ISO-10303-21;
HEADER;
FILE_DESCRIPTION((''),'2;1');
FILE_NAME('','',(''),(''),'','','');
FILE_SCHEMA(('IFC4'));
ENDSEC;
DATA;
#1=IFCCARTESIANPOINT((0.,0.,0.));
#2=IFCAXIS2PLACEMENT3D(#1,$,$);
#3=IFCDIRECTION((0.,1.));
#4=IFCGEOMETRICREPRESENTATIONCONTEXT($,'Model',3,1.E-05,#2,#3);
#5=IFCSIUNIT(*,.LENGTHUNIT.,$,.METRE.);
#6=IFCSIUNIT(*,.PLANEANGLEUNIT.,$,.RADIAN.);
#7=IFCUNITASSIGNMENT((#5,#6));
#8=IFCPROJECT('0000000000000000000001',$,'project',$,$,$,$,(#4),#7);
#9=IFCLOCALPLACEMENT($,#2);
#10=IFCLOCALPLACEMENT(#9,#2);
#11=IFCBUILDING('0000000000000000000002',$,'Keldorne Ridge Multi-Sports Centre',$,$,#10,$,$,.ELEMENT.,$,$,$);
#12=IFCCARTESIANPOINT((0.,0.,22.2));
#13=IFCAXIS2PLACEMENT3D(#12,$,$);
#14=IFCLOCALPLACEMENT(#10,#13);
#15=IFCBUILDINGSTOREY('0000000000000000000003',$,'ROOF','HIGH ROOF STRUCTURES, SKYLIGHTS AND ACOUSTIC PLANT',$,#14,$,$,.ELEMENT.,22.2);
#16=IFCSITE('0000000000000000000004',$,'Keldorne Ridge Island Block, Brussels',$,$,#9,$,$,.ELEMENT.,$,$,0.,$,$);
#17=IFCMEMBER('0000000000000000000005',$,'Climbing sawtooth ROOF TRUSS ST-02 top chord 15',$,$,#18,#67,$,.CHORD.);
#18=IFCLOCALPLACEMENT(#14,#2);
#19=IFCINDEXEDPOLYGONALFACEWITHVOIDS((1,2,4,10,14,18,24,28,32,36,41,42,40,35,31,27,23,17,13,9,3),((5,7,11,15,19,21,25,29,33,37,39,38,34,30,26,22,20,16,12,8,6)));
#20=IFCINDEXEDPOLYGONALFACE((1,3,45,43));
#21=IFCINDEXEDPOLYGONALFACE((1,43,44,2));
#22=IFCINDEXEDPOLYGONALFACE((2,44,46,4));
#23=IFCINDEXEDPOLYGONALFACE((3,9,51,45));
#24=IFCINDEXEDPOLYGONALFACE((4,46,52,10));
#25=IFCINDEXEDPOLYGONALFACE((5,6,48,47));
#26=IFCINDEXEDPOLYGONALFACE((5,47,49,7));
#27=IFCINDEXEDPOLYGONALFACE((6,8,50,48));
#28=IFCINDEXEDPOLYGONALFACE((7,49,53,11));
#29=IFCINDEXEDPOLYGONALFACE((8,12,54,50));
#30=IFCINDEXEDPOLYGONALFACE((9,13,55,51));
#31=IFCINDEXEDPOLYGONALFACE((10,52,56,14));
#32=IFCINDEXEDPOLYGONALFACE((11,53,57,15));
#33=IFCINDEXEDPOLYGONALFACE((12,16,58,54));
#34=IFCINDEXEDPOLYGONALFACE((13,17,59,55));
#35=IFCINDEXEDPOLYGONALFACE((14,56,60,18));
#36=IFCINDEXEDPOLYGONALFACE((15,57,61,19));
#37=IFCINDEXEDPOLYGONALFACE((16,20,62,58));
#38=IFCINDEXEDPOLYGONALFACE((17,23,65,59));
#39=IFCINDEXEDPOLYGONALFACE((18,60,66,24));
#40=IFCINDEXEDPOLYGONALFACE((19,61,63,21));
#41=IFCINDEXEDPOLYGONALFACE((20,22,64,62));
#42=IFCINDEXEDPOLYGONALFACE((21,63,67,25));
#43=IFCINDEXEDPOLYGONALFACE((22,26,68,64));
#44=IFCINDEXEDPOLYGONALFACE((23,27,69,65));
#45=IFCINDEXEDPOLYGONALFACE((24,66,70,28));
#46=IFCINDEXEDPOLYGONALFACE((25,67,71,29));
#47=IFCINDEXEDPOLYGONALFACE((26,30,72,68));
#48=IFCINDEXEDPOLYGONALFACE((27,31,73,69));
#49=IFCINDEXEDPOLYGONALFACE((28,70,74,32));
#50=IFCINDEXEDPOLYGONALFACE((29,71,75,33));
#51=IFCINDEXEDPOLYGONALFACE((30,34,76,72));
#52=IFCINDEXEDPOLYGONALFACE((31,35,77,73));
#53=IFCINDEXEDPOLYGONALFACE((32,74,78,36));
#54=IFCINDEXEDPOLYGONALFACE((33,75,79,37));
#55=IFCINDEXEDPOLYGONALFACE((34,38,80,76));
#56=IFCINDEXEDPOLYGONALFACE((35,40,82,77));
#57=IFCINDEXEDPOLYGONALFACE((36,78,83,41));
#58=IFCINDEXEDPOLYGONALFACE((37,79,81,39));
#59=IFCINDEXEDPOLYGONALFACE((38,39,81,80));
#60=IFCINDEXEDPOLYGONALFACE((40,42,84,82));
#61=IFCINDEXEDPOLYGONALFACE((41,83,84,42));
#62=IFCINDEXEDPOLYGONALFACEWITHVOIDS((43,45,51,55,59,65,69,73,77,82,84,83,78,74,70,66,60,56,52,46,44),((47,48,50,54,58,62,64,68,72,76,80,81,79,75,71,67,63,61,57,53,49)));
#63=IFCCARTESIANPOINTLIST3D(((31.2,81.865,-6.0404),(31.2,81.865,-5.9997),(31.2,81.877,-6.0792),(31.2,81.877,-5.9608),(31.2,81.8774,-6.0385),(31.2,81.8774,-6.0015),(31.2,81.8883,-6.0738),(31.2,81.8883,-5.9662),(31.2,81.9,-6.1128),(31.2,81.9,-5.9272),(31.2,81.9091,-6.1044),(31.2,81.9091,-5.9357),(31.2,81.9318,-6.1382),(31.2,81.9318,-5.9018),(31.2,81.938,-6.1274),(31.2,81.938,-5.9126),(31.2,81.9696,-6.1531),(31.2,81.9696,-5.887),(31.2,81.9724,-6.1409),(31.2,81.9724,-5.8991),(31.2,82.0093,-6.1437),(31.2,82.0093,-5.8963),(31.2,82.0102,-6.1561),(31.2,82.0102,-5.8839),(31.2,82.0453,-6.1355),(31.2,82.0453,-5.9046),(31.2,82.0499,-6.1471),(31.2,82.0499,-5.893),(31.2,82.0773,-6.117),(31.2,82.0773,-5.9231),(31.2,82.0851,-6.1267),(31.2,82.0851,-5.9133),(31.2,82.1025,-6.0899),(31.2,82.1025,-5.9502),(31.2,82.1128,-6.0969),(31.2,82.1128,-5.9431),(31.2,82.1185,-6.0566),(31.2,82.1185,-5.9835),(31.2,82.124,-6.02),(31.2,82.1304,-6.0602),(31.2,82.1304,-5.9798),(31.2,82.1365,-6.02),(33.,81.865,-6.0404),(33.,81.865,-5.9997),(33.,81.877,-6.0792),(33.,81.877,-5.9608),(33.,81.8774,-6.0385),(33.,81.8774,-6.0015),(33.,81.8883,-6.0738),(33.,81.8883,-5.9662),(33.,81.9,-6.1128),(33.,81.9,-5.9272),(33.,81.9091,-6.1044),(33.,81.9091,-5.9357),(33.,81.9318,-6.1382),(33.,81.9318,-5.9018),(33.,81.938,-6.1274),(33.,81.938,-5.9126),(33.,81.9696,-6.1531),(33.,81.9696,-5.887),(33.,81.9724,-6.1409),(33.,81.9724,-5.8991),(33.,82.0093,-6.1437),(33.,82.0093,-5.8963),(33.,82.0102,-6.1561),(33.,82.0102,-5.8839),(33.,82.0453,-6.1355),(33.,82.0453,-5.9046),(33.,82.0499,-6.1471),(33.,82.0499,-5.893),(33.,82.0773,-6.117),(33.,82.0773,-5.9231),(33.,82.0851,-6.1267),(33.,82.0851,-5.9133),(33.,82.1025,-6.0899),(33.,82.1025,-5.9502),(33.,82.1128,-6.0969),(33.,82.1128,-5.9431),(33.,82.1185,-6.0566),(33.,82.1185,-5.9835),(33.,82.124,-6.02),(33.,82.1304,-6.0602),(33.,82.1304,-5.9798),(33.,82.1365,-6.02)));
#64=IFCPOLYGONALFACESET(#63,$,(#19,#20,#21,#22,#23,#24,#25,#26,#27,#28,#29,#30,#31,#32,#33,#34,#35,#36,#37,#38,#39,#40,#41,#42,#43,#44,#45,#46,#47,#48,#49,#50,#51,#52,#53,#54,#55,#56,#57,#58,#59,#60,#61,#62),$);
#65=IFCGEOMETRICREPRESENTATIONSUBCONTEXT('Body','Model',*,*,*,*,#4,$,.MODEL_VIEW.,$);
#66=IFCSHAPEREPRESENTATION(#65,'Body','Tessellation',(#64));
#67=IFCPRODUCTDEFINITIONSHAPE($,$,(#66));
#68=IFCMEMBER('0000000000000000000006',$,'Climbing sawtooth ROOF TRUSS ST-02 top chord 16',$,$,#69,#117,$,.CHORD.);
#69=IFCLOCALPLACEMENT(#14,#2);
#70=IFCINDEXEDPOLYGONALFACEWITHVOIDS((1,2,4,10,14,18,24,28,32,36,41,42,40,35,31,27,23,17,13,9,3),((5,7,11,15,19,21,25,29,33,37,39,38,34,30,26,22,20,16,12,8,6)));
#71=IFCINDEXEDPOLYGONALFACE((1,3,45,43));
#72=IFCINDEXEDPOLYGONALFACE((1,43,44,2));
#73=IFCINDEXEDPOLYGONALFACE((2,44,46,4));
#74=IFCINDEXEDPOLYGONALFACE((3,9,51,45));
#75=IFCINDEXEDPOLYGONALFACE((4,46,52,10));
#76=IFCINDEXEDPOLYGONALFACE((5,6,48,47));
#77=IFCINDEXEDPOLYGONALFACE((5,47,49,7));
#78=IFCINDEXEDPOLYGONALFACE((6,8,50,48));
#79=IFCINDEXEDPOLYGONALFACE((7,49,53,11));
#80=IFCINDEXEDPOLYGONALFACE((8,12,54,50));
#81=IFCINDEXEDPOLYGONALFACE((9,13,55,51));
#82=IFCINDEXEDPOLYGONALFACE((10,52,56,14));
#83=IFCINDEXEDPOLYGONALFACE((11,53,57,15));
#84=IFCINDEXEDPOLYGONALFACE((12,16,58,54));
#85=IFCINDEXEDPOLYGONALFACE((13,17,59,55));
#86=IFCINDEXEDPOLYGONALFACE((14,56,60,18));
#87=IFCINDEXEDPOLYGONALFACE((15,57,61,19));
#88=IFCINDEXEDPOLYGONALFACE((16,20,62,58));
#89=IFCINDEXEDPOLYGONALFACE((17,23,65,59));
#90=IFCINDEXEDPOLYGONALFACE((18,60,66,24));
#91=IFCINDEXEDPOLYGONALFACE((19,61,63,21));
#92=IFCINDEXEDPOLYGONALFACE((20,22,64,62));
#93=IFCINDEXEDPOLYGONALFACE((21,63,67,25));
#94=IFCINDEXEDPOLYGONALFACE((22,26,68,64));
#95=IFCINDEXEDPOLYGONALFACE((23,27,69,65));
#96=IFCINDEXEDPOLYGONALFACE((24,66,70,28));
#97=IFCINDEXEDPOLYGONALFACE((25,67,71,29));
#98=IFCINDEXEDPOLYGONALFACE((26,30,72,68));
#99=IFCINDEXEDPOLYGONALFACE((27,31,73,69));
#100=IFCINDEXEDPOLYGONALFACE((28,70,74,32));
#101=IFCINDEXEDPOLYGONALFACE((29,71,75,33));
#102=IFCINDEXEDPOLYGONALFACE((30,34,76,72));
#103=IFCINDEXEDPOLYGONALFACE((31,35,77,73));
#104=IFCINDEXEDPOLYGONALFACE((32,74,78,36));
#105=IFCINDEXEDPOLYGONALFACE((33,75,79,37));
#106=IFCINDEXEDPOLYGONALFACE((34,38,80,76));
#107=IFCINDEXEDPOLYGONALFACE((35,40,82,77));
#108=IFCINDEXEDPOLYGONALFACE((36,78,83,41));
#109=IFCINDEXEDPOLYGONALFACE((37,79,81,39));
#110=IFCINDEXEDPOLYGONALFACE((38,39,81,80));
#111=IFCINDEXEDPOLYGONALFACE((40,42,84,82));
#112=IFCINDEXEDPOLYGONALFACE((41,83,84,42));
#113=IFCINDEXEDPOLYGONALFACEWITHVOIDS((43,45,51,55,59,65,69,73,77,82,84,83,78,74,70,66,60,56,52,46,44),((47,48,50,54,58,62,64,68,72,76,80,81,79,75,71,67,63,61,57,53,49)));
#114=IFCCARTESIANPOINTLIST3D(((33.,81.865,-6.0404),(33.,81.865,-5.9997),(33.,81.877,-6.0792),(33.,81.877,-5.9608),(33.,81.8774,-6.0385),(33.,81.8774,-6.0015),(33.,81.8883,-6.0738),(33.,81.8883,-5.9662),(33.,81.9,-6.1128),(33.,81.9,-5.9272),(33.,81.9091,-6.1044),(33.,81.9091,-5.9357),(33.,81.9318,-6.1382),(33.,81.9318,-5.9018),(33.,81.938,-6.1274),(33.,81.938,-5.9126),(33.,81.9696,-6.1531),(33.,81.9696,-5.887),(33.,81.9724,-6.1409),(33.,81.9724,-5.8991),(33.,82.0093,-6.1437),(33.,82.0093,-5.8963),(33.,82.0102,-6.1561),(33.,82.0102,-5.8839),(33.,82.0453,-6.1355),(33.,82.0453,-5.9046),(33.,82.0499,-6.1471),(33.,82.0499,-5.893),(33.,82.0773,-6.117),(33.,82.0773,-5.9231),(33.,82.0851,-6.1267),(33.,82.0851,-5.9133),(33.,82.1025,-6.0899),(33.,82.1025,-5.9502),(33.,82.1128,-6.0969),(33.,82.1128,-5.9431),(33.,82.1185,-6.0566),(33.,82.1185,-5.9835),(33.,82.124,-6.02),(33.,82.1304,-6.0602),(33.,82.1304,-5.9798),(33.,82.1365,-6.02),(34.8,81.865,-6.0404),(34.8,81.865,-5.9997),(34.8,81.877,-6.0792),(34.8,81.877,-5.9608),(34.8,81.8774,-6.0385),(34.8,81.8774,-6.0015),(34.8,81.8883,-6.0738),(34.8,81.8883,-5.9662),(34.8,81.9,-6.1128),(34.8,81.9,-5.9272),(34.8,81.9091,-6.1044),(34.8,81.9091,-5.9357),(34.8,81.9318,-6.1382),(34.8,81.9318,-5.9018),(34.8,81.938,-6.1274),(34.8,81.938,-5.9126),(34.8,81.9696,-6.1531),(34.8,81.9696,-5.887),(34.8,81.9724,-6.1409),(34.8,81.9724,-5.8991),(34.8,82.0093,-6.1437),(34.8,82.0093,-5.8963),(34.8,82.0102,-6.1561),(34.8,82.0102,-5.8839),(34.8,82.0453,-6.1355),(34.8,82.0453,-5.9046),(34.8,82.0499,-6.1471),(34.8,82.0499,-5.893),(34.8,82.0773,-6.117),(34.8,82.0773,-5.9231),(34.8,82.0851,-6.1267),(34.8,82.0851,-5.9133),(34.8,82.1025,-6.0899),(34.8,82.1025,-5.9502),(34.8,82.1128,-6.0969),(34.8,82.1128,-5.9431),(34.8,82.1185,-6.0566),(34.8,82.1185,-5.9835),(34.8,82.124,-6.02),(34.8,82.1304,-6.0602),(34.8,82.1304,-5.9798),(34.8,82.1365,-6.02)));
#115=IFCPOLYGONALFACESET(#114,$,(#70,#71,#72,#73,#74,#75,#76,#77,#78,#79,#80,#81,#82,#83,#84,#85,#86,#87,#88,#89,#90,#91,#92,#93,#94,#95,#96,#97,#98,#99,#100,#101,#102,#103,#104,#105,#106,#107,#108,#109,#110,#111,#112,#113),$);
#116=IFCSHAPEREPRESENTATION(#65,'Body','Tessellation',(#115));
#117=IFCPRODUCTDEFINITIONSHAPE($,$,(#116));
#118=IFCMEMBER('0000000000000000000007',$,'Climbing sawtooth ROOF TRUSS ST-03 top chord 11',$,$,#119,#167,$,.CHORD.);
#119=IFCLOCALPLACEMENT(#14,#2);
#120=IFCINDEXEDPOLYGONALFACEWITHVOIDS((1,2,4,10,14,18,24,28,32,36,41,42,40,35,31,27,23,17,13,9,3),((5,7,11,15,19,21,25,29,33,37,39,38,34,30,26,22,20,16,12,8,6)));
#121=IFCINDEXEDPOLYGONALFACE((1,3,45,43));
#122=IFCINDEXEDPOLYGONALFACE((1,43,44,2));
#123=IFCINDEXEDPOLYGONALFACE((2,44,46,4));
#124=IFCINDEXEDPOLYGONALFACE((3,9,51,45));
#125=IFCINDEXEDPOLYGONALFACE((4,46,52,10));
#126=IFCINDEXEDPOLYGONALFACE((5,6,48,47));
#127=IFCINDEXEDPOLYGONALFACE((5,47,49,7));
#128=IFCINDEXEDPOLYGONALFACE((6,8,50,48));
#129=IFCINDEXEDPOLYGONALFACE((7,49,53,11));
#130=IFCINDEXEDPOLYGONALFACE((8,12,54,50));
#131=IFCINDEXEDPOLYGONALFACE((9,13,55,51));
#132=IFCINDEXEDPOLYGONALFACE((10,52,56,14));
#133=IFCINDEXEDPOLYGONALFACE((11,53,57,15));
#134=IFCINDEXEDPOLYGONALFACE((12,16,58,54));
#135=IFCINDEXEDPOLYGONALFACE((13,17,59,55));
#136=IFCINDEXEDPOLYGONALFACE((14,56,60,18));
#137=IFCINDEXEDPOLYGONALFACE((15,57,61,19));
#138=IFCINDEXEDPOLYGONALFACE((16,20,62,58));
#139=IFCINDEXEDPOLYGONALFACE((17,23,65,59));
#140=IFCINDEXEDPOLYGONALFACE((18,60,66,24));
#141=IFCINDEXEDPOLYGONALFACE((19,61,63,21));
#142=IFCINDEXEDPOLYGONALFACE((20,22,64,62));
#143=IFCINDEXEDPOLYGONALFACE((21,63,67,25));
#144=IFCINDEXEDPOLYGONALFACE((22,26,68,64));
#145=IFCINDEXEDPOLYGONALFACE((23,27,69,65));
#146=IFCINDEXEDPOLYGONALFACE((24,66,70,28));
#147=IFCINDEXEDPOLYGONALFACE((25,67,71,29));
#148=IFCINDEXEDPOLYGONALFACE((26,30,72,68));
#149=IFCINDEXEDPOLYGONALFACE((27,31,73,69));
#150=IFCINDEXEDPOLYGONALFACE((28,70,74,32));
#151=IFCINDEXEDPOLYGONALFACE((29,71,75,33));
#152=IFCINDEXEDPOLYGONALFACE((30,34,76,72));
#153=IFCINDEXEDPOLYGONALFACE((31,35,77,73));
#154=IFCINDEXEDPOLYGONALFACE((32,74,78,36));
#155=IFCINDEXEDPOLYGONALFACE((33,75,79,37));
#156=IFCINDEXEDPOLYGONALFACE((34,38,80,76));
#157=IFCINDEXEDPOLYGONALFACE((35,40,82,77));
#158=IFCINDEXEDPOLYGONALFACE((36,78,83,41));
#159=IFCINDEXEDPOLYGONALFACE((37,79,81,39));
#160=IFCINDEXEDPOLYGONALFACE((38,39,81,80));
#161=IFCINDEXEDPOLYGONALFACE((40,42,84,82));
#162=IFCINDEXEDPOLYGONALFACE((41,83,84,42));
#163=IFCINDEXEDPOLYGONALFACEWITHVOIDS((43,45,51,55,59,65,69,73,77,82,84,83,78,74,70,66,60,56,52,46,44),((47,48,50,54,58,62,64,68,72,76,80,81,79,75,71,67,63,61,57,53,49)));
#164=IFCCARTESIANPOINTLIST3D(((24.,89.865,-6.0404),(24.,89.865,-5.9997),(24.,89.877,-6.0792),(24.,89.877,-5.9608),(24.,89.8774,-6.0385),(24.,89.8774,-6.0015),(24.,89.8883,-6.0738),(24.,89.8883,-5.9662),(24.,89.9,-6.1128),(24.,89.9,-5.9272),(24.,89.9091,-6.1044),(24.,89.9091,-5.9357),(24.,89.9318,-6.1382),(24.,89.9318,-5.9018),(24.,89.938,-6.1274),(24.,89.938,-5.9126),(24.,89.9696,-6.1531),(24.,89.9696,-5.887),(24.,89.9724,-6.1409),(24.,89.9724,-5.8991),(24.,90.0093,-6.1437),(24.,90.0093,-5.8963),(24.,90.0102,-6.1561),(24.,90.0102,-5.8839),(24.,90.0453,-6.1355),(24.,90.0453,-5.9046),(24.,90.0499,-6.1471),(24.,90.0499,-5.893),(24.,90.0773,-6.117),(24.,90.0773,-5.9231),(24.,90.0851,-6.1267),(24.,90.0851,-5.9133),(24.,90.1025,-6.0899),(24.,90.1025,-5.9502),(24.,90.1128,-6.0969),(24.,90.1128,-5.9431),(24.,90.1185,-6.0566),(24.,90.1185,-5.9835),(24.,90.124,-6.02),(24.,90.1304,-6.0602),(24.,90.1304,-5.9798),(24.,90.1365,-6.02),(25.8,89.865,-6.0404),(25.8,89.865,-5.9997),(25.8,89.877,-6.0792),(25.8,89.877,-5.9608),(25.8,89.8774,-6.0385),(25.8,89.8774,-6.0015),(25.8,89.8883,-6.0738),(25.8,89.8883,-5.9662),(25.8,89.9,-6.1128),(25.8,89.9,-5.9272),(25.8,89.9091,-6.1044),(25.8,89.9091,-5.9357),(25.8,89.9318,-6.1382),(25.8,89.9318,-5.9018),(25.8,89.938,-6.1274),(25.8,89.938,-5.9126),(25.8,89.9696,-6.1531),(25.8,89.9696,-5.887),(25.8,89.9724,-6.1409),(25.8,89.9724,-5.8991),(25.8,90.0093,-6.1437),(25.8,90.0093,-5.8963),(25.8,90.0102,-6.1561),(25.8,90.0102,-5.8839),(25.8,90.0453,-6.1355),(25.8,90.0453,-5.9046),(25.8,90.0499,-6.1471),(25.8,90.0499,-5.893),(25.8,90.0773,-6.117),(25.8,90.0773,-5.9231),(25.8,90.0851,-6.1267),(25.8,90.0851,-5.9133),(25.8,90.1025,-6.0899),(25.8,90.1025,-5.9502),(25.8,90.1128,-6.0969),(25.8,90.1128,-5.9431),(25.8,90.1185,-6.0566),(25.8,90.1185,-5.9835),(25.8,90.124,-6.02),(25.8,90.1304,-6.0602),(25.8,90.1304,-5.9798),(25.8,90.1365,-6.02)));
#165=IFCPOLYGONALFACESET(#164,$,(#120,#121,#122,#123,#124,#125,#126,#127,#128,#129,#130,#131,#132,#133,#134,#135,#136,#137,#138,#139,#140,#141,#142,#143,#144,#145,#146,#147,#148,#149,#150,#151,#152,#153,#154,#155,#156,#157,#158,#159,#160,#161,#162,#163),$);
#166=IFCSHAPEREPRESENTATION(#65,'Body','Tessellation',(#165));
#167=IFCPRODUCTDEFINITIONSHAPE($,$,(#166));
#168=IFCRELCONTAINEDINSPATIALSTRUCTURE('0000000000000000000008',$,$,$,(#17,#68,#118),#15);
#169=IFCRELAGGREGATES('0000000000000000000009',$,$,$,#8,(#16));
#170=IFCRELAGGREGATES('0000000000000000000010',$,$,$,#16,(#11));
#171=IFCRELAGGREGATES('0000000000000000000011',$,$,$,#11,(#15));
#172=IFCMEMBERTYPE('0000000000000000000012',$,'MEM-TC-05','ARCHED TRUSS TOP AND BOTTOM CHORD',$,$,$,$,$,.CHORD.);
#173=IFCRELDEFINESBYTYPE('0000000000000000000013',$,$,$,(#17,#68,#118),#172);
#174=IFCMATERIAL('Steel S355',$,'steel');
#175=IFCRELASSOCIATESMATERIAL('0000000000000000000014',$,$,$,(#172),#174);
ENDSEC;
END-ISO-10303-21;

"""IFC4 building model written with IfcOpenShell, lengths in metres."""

from ifc_helpers import new_model, si_unit, direction, frame, origin, origin_2d, place, context, subcontext, project, spatial, hollow_circle, extrude, material, material_profile, profile_set, type_object, element, save


model = new_model("IFC4")

# Units and contexts
model_context = context("Model", 3, precision=1e-05, world=origin(), true_north=direction((0.0, 1.0)))
body_context = subcontext(model_context, "Body", "Model", "MODEL_VIEW")
ifc_project = project(units=[si_unit("LENGTHUNIT", "METRE"), si_unit("PLANEANGLEUNIT", "RADIAN")], contexts=[model_context])

# Site, building, storey
site_placement = place(None, origin())
site = spatial("IfcSite", under=ifc_project, at=site_placement, Name="Keldorne Ridge Island Block, Brussels", CompositionType="ELEMENT", RefElevation=0.0)
building_placement = place(site_placement, origin())
building = spatial("IfcBuilding", under=site, at=building_placement, Name="Keldorne Ridge Multi-Sports Centre", CompositionType="ELEMENT")
storey_placement = place(building_placement, frame((0.0, 0.0, 22.2)))
storey = spatial("IfcBuildingStorey", under=building, at=storey_placement, Name="ROOF", Description="HIGH ROOF STRUCTURES, SKYLIGHTS AND ACOUSTIC PLANT", CompositionType="ELEMENT", Elevation=22.2)

# Shared definitions
ifc_material_1 = material(Name="Steel S355", Category="steel")

# Members
ifc_material_profile_1 = material_profile(ifc_material_1, hollow_circle(Radius=0.1365, WallThickness=0.0125, at=origin_2d()), Name="CHS 273x12.5")
ifc_profile_set_1 = profile_set([ifc_material_profile_1], Name="Steel S355")
member_type_1 = type_object("IfcMemberType", Name="MEM-TC-05", Description="ARCHED TRUSS TOP AND BOTTOM CHORD", PredefinedType="CHORD", material=ifc_profile_set_1)
for number, where, z_axis, x_axis, name in (
    (1, (31.2, 82.0, -6.02), (1.0, 0.0, 0.0), (0.0, 1.0, 0.0), "Climbing sawtooth ROOF TRUSS ST-02 top chord 15"),
    (2, (33.0, 82.0, -6.02), (1.0, 0.0, 0.0), (0.0, 1.0, 0.0), "Climbing sawtooth ROOF TRUSS ST-02 top chord 16"),
    (3, (24.0, 90.0, -6.02), (1.0, 0.0, 0.0), (0.0, 1.0, 0.0), "Climbing sawtooth ROOF TRUSS ST-03 top chord 11"),
):
    element("IfcMember", number, at=place(storey_placement, frame(where, z_axis=z_axis, x_axis=x_axis)), inside=storey, type_object=member_type_1, Name=name, PredefinedType="CHORD", context=body_context, shape_type="SweptSolid", body=[
        extrude(hollow_circle(Radius=0.1365, WallThickness=0.0125, at=origin_2d()), origin(), (0.0, 0.0, 1.0), 1.8),
    ])

save(model, "model.ifc")
